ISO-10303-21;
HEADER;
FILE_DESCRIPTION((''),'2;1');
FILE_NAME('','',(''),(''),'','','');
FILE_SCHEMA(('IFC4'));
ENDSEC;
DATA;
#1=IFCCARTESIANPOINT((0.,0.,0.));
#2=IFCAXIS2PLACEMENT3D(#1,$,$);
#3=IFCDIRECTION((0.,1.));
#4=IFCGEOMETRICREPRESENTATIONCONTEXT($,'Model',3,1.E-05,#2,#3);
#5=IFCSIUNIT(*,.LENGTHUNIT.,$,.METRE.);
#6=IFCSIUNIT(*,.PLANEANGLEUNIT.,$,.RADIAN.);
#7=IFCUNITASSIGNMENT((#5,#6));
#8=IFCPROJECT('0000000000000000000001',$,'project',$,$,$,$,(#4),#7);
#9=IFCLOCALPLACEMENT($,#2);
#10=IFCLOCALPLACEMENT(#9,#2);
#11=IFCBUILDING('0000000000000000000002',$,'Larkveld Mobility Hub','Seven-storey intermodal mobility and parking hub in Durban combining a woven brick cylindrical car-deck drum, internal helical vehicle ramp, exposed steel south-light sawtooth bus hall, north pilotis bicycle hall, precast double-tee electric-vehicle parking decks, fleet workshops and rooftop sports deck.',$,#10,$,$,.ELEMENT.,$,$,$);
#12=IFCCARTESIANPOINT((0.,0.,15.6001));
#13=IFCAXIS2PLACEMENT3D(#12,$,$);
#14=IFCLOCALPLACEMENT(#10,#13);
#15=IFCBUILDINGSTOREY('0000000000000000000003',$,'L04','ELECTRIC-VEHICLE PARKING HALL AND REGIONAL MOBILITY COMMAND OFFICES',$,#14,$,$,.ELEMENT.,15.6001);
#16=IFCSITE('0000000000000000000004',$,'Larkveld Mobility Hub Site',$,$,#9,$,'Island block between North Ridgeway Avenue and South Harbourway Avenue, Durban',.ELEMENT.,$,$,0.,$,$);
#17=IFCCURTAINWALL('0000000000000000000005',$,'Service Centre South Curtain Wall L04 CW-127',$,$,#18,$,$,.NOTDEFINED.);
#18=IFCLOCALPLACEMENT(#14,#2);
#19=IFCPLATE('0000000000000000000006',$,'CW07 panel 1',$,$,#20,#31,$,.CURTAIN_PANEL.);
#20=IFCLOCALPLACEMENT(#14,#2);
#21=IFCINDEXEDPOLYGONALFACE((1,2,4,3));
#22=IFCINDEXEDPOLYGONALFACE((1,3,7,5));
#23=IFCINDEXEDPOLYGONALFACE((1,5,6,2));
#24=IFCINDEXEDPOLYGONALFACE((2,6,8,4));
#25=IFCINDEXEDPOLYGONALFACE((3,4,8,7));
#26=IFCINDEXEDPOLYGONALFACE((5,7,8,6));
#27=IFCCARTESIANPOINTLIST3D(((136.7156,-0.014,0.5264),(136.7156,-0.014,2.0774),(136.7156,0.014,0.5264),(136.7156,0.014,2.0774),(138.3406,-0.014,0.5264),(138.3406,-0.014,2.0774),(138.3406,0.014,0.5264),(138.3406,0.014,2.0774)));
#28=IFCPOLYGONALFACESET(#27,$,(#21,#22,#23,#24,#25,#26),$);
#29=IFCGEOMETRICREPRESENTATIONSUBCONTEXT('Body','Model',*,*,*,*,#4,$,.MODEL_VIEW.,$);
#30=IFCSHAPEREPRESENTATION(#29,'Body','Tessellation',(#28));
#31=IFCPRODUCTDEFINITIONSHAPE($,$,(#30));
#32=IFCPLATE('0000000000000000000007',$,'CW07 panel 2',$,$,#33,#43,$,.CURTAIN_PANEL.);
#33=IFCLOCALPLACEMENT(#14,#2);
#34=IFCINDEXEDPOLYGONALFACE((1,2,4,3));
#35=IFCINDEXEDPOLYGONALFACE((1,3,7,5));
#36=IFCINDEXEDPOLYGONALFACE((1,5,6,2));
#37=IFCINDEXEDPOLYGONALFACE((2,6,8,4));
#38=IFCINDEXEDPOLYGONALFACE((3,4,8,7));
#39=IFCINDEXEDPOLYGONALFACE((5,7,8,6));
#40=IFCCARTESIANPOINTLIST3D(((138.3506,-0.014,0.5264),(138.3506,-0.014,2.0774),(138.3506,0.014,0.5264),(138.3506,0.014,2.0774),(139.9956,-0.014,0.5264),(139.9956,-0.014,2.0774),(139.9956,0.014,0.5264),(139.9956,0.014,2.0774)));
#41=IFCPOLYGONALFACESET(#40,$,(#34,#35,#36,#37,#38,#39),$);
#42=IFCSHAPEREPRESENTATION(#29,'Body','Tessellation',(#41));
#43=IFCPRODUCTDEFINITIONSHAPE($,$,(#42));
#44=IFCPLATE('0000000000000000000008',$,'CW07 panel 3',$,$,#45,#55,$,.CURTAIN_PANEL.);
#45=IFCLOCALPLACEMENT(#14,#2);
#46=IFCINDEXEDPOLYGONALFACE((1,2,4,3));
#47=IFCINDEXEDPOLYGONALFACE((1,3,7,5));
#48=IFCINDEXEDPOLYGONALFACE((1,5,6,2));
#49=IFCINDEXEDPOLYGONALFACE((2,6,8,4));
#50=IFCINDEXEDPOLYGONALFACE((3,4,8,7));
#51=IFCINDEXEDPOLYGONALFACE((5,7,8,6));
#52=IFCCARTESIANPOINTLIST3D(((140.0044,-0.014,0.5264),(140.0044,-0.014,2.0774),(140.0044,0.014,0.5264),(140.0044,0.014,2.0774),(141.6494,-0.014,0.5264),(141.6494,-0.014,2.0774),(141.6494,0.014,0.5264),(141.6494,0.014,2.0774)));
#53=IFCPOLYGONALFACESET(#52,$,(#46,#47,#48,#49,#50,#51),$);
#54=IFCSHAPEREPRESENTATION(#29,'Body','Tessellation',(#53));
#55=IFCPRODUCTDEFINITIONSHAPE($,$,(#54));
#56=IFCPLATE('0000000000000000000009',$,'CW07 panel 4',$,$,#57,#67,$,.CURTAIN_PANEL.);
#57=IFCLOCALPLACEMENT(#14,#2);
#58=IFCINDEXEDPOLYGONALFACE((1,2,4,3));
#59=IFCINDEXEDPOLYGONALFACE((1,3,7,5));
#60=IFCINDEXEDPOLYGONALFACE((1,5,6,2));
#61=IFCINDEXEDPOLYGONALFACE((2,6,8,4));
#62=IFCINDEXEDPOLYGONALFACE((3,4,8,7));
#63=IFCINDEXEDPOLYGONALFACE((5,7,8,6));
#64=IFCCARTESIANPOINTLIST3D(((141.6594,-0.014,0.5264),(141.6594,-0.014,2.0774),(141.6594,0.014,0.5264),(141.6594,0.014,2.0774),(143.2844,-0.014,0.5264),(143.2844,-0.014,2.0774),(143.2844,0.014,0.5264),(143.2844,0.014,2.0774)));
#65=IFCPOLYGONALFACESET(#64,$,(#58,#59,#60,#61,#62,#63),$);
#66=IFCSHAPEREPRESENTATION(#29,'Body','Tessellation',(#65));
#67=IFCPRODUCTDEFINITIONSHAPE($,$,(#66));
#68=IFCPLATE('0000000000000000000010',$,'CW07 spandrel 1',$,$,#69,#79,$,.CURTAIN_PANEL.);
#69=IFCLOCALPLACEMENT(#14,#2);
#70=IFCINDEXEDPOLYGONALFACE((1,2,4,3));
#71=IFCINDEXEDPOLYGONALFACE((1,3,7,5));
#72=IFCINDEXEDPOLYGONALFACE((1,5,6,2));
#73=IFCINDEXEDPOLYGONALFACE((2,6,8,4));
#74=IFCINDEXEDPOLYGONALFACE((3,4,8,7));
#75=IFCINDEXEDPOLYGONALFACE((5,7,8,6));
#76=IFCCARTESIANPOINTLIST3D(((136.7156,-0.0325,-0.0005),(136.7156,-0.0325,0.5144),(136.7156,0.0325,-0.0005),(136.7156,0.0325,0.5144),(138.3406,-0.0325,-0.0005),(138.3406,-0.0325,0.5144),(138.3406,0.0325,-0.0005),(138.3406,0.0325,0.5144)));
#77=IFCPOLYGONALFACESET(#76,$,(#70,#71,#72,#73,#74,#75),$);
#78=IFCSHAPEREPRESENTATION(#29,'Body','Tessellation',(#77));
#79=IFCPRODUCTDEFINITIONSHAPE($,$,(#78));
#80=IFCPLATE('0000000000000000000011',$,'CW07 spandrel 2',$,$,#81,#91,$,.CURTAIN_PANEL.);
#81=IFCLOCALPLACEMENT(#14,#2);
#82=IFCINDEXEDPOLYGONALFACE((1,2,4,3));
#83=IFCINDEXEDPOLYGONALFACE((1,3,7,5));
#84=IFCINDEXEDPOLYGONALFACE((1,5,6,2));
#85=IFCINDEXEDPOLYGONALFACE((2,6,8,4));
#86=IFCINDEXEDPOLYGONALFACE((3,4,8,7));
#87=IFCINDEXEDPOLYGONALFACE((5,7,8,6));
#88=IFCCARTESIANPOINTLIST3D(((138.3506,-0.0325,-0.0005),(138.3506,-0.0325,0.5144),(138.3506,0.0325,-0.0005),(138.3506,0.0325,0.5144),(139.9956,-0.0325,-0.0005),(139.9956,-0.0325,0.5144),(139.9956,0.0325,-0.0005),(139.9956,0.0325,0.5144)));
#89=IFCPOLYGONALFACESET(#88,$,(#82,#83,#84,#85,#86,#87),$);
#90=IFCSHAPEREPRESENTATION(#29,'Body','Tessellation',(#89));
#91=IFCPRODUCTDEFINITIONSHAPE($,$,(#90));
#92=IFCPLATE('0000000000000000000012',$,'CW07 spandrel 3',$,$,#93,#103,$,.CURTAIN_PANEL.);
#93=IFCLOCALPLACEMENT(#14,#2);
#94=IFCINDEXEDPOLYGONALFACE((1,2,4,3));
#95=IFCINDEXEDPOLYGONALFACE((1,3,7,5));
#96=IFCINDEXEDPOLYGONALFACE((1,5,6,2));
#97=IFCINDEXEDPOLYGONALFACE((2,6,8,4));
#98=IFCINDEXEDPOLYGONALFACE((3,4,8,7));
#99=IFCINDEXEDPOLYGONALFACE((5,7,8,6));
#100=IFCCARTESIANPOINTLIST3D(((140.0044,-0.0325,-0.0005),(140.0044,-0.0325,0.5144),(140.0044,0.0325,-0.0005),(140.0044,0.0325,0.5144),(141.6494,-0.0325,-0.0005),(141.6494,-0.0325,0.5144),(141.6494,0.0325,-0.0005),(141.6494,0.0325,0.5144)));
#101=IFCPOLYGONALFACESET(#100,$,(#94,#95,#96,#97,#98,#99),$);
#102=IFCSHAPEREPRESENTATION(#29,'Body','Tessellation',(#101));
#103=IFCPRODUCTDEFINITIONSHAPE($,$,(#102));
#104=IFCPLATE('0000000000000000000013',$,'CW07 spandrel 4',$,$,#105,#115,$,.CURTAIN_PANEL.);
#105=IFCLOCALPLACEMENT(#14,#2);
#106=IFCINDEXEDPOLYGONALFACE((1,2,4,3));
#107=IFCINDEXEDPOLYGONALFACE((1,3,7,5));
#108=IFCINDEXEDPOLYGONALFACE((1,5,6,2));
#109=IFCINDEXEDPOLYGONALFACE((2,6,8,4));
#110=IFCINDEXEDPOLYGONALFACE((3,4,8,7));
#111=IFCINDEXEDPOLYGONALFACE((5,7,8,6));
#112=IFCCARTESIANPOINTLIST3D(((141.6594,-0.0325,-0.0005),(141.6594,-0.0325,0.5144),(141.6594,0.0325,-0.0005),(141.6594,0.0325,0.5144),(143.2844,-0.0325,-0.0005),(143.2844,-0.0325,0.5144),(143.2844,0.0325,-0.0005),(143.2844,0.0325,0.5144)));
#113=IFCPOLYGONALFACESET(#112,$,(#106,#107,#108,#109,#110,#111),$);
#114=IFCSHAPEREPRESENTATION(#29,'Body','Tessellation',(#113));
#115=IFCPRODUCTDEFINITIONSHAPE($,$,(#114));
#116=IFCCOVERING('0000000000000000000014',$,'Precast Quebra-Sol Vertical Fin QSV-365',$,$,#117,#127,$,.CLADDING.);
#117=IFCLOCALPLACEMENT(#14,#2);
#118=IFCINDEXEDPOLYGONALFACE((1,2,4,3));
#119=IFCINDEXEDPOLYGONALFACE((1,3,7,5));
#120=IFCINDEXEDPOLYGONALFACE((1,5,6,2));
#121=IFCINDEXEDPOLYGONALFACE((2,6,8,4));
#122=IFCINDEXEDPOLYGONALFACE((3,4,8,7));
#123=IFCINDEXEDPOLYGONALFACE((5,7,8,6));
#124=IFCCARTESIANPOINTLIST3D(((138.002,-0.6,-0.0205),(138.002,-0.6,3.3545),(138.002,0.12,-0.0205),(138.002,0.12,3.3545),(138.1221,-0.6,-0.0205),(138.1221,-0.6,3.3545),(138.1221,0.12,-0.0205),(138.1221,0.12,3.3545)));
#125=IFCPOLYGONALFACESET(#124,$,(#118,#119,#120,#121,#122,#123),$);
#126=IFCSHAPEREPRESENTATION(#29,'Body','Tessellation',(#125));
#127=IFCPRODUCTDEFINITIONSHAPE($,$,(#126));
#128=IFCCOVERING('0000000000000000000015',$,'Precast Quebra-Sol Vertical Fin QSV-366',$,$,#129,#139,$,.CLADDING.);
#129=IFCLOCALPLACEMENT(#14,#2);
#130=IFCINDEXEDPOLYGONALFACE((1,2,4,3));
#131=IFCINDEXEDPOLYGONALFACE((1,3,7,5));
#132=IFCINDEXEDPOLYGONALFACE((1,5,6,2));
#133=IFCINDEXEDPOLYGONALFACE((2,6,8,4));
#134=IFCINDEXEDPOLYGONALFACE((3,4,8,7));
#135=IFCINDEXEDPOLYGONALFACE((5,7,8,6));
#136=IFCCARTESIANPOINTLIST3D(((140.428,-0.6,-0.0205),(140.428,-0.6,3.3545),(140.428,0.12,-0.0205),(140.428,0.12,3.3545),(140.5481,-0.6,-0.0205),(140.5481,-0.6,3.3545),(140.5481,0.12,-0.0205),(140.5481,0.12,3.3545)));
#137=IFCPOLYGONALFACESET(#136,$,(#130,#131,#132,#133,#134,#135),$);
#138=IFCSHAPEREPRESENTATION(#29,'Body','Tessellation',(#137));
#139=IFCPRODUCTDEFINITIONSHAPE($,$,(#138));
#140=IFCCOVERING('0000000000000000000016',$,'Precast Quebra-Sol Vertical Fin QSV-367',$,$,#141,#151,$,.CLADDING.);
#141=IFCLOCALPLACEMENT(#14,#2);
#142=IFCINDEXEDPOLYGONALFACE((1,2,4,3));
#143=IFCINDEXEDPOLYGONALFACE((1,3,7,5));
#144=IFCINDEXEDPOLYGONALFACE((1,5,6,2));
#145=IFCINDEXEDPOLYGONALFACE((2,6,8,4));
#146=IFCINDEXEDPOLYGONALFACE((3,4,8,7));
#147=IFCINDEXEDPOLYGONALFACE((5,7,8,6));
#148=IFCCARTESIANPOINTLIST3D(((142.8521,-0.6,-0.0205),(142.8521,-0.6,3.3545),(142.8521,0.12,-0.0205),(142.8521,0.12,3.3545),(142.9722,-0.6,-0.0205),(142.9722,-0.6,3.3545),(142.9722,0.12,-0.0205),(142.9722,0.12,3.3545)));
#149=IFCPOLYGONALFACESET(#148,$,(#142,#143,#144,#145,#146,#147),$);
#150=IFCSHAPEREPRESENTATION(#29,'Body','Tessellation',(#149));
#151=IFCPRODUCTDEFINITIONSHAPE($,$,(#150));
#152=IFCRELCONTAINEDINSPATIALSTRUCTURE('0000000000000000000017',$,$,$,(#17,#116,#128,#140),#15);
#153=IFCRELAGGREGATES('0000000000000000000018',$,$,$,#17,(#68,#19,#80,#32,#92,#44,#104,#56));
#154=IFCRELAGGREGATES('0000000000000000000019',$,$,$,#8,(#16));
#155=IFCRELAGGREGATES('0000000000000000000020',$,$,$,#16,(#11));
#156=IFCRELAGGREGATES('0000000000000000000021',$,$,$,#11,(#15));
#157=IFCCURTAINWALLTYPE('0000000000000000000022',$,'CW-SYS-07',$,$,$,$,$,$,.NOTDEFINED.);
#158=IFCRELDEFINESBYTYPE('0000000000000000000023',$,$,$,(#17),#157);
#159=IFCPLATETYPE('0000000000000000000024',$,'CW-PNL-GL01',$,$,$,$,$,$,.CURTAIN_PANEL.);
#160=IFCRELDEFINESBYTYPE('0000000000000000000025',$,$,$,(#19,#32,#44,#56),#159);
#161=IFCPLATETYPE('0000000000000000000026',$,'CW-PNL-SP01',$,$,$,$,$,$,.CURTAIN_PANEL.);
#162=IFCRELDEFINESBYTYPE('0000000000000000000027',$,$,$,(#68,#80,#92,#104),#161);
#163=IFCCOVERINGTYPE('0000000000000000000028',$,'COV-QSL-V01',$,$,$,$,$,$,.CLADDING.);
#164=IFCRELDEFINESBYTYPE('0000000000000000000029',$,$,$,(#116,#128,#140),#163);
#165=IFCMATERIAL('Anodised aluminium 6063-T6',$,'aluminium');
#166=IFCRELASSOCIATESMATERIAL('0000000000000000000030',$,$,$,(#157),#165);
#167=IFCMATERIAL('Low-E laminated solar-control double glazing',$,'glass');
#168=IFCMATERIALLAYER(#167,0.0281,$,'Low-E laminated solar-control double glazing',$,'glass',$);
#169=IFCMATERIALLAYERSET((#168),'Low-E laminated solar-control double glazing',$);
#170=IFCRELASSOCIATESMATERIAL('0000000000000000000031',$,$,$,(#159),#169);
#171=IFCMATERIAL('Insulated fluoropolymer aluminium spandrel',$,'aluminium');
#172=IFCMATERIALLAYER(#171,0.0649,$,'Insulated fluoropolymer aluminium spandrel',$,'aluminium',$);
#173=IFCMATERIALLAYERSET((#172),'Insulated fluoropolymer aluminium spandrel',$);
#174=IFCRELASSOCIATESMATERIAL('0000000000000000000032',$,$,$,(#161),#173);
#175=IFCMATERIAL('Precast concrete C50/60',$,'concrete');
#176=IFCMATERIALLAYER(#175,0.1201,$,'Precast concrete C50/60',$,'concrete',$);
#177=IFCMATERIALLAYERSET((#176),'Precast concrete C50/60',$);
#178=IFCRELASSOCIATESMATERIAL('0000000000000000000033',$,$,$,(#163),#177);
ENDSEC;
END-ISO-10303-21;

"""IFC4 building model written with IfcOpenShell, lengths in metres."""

from ifc_helpers import new_model, si_unit, direction, frame, origin, origin_2d, place, context, subcontext, project, spatial, rectangle, extrude, material, layer, layer_set, type_object, element, aggregate, save


model = new_model("IFC4")

# Units and contexts
model_context = context("Model", 3, precision=1e-05, world=origin(), true_north=direction((0.0, 1.0)))
body_context = subcontext(model_context, "Body", "Model", "MODEL_VIEW")
ifc_project = project(units=[si_unit("LENGTHUNIT", "METRE"), si_unit("PLANEANGLEUNIT", "RADIAN")], contexts=[model_context])

# Site, building, storey
site_placement = place(None, origin())
site = spatial("IfcSite", under=ifc_project, at=site_placement, Name="Larkveld Mobility Hub Site", LongName="Island block between North Ridgeway Avenue and South Harbourway Avenue, Durban", CompositionType="ELEMENT", RefElevation=0.0)
building_placement = place(site_placement, origin())
building = spatial("IfcBuilding", under=site, at=building_placement, Name="Larkveld Mobility Hub", Description="Seven-storey intermodal mobility and parking hub in Durban combining a woven brick cylindrical car-deck drum, internal helical vehicle ramp, exposed steel south-light sawtooth bus hall, north pilotis bicycle hall, precast double-tee electric-vehicle parking decks, fleet workshops and rooftop sports deck.", CompositionType="ELEMENT")
storey_placement = place(building_placement, frame((0.0, 0.0, 15.6001)))
storey = spatial("IfcBuildingStorey", under=building, at=storey_placement, Name="L04", Description="ELECTRIC-VEHICLE PARKING HALL AND REGIONAL MOBILITY COMMAND OFFICES", CompositionType="ELEMENT", Elevation=15.6001)

# Curtain wall, plates
ifc_material_1 = material(Name="Anodised aluminium 6063-T6", Category="aluminium")
curtain_wall_type = type_object("IfcCurtainWallType", Name="CW-SYS-07", PredefinedType="NOTDEFINED", material=ifc_material_1)
curtain_wall_placement = place(storey_placement, origin())
curtain_wall = element("IfcCurtainWall", 1, at=curtain_wall_placement, inside=storey, type_object=curtain_wall_type, Name="Service Centre South Curtain Wall L04 CW-127", PredefinedType="NOTDEFINED")
ifc_material_2 = material(Name="Low-E laminated solar-control double glazing", Category="glass")
ifc_layer_1 = layer(ifc_material_2, 0.0281, Name="Low-E laminated solar-control double glazing", Category="glass")
ifc_layer_set_1 = layer_set([ifc_layer_1], Name="Low-E laminated solar-control double glazing")
plate_type_1 = type_object("IfcPlateType", Name="CW-PNL-GL01", PredefinedType="CURTAIN_PANEL", material=ifc_layer_set_1)
plate_1_placement = place(storey_placement, frame((137.5281, 0.0, 0.5264), z_axis=(0.0, 0.0, 1.0), x_axis=(1.0, 0.0, 0.0)))
plate_1 = element("IfcPlate", 2, at=plate_1_placement, type_object=plate_type_1, Name="CW07 panel 1", PredefinedType="CURTAIN_PANEL", context=body_context, shape_type="SweptSolid", body=[
    extrude(rectangle(XDim=1.625, YDim=0.0281, at=origin_2d()), origin(), (0.0, 0.0, 1.0), 1.551),
])
plate_2_placement = place(storey_placement, frame((139.1731, 0.0, 0.5264), z_axis=(0.0, 0.0, 1.0), x_axis=(1.0, 0.0, 0.0)))
plate_2 = element("IfcPlate", 3, at=plate_2_placement, type_object=plate_type_1, Name="CW07 panel 2", PredefinedType="CURTAIN_PANEL", context=body_context, shape_type="SweptSolid", body=[
    extrude(rectangle(XDim=1.645, YDim=0.0281, at=origin_2d()), origin(), (0.0, 0.0, 1.0), 1.551),
])
plate_3_placement = place(storey_placement, frame((140.8269, 0.0, 0.5264), z_axis=(0.0, 0.0, 1.0), x_axis=(1.0, 0.0, 0.0)))
plate_3 = element("IfcPlate", 4, at=plate_3_placement, type_object=plate_type_1, Name="CW07 panel 3", PredefinedType="CURTAIN_PANEL", context=body_context, shape_type="SweptSolid", body=[
    extrude(rectangle(XDim=1.645, YDim=0.0281, at=origin_2d()), origin(), (0.0, 0.0, 1.0), 1.551),
])
plate_4_placement = place(storey_placement, frame((142.4719, 0.0, 0.5264), z_axis=(0.0, 0.0, 1.0), x_axis=(1.0, 0.0, 0.0)))
plate_4 = element("IfcPlate", 5, at=plate_4_placement, type_object=plate_type_1, Name="CW07 panel 4", PredefinedType="CURTAIN_PANEL", context=body_context, shape_type="SweptSolid", body=[
    extrude(rectangle(XDim=1.625, YDim=0.0281, at=origin_2d()), origin(), (0.0, 0.0, 1.0), 1.551),
])
ifc_material_3 = material(Name="Insulated fluoropolymer aluminium spandrel", Category="aluminium")
ifc_layer_2 = layer(ifc_material_3, 0.0649, Name="Insulated fluoropolymer aluminium spandrel", Category="aluminium")
ifc_layer_set_2 = layer_set([ifc_layer_2], Name="Insulated fluoropolymer aluminium spandrel")
plate_type_2 = type_object("IfcPlateType", Name="CW-PNL-SP01", PredefinedType="CURTAIN_PANEL", material=ifc_layer_set_2)
plate_5_placement = place(storey_placement, frame((137.5281, 0.0, -0.0005), z_axis=(0.0, 0.0, 1.0), x_axis=(1.0, 0.0, 0.0)))
plate_5 = element("IfcPlate", 6, at=plate_5_placement, type_object=plate_type_2, Name="CW07 spandrel 1", PredefinedType="CURTAIN_PANEL", context=body_context, shape_type="SweptSolid", body=[
    extrude(rectangle(XDim=1.625, YDim=0.0649, at=origin_2d()), origin(), (0.0, 0.0, 1.0), 0.5149),
])
plate_6_placement = place(storey_placement, frame((139.1731, 0.0, -0.0005), z_axis=(0.0, 0.0, 1.0), x_axis=(1.0, 0.0, 0.0)))
plate_6 = element("IfcPlate", 7, at=plate_6_placement, type_object=plate_type_2, Name="CW07 spandrel 2", PredefinedType="CURTAIN_PANEL", context=body_context, shape_type="SweptSolid", body=[
    extrude(rectangle(XDim=1.645, YDim=0.0649, at=origin_2d()), origin(), (0.0, 0.0, 1.0), 0.5149),
])
plate_7_placement = place(storey_placement, frame((140.8269, 0.0, -0.0005), z_axis=(0.0, 0.0, 1.0), x_axis=(1.0, 0.0, 0.0)))
plate_7 = element("IfcPlate", 8, at=plate_7_placement, type_object=plate_type_2, Name="CW07 spandrel 3", PredefinedType="CURTAIN_PANEL", context=body_context, shape_type="SweptSolid", body=[
    extrude(rectangle(XDim=1.645, YDim=0.0649, at=origin_2d()), origin(), (0.0, 0.0, 1.0), 0.5149),
])
plate_8_placement = place(storey_placement, frame((142.4719, 0.0, -0.0005), z_axis=(0.0, 0.0, 1.0), x_axis=(1.0, 0.0, 0.0)))
plate_8 = element("IfcPlate", 9, at=plate_8_placement, type_object=plate_type_2, Name="CW07 spandrel 4", PredefinedType="CURTAIN_PANEL", context=body_context, shape_type="SweptSolid", body=[
    extrude(rectangle(XDim=1.625, YDim=0.0649, at=origin_2d()), origin(), (0.0, 0.0, 1.0), 0.5149),
])
aggregate(curtain_wall, [plate_5, plate_1, plate_6, plate_2, plate_7, plate_3, plate_8, plate_4])

# Coverings
ifc_material_4 = material(Name="Precast concrete C50/60", Category="concrete")
ifc_layer_3 = layer(ifc_material_4, 0.1201, Name="Precast concrete C50/60", Category="concrete")
ifc_layer_set_3 = layer_set([ifc_layer_3], Name="Precast concrete C50/60")
covering_type = type_object("IfcCoveringType", Name="COV-QSL-V01", PredefinedType="CLADDING", material=ifc_layer_set_3)
for number, where, z_axis, x_axis, name in (
    (10, (138.062, -0.24, -0.0205), (0.0, 0.0, 1.0), (1.0, 0.0, 0.0), "Precast Quebra-Sol Vertical Fin QSV-365"),
    (11, (140.488, -0.24, -0.0205), (0.0, 0.0, 1.0), (1.0, 0.0, 0.0), "Precast Quebra-Sol Vertical Fin QSV-366"),
    (12, (142.9121, -0.24, -0.0205), (0.0, 0.0, 1.0), (1.0, 0.0, 0.0), "Precast Quebra-Sol Vertical Fin QSV-367"),
):
    element("IfcCovering", number, at=place(storey_placement, frame(where, z_axis=z_axis, x_axis=x_axis)), inside=storey, type_object=covering_type, Name=name, PredefinedType="CLADDING", context=body_context, shape_type="SweptSolid", body=[
        extrude(rectangle(XDim=0.1201, YDim=0.72, at=origin_2d()), origin(), (0.0, 0.0, 1.0), 3.375),
    ])

save(model, "model.ifc")
